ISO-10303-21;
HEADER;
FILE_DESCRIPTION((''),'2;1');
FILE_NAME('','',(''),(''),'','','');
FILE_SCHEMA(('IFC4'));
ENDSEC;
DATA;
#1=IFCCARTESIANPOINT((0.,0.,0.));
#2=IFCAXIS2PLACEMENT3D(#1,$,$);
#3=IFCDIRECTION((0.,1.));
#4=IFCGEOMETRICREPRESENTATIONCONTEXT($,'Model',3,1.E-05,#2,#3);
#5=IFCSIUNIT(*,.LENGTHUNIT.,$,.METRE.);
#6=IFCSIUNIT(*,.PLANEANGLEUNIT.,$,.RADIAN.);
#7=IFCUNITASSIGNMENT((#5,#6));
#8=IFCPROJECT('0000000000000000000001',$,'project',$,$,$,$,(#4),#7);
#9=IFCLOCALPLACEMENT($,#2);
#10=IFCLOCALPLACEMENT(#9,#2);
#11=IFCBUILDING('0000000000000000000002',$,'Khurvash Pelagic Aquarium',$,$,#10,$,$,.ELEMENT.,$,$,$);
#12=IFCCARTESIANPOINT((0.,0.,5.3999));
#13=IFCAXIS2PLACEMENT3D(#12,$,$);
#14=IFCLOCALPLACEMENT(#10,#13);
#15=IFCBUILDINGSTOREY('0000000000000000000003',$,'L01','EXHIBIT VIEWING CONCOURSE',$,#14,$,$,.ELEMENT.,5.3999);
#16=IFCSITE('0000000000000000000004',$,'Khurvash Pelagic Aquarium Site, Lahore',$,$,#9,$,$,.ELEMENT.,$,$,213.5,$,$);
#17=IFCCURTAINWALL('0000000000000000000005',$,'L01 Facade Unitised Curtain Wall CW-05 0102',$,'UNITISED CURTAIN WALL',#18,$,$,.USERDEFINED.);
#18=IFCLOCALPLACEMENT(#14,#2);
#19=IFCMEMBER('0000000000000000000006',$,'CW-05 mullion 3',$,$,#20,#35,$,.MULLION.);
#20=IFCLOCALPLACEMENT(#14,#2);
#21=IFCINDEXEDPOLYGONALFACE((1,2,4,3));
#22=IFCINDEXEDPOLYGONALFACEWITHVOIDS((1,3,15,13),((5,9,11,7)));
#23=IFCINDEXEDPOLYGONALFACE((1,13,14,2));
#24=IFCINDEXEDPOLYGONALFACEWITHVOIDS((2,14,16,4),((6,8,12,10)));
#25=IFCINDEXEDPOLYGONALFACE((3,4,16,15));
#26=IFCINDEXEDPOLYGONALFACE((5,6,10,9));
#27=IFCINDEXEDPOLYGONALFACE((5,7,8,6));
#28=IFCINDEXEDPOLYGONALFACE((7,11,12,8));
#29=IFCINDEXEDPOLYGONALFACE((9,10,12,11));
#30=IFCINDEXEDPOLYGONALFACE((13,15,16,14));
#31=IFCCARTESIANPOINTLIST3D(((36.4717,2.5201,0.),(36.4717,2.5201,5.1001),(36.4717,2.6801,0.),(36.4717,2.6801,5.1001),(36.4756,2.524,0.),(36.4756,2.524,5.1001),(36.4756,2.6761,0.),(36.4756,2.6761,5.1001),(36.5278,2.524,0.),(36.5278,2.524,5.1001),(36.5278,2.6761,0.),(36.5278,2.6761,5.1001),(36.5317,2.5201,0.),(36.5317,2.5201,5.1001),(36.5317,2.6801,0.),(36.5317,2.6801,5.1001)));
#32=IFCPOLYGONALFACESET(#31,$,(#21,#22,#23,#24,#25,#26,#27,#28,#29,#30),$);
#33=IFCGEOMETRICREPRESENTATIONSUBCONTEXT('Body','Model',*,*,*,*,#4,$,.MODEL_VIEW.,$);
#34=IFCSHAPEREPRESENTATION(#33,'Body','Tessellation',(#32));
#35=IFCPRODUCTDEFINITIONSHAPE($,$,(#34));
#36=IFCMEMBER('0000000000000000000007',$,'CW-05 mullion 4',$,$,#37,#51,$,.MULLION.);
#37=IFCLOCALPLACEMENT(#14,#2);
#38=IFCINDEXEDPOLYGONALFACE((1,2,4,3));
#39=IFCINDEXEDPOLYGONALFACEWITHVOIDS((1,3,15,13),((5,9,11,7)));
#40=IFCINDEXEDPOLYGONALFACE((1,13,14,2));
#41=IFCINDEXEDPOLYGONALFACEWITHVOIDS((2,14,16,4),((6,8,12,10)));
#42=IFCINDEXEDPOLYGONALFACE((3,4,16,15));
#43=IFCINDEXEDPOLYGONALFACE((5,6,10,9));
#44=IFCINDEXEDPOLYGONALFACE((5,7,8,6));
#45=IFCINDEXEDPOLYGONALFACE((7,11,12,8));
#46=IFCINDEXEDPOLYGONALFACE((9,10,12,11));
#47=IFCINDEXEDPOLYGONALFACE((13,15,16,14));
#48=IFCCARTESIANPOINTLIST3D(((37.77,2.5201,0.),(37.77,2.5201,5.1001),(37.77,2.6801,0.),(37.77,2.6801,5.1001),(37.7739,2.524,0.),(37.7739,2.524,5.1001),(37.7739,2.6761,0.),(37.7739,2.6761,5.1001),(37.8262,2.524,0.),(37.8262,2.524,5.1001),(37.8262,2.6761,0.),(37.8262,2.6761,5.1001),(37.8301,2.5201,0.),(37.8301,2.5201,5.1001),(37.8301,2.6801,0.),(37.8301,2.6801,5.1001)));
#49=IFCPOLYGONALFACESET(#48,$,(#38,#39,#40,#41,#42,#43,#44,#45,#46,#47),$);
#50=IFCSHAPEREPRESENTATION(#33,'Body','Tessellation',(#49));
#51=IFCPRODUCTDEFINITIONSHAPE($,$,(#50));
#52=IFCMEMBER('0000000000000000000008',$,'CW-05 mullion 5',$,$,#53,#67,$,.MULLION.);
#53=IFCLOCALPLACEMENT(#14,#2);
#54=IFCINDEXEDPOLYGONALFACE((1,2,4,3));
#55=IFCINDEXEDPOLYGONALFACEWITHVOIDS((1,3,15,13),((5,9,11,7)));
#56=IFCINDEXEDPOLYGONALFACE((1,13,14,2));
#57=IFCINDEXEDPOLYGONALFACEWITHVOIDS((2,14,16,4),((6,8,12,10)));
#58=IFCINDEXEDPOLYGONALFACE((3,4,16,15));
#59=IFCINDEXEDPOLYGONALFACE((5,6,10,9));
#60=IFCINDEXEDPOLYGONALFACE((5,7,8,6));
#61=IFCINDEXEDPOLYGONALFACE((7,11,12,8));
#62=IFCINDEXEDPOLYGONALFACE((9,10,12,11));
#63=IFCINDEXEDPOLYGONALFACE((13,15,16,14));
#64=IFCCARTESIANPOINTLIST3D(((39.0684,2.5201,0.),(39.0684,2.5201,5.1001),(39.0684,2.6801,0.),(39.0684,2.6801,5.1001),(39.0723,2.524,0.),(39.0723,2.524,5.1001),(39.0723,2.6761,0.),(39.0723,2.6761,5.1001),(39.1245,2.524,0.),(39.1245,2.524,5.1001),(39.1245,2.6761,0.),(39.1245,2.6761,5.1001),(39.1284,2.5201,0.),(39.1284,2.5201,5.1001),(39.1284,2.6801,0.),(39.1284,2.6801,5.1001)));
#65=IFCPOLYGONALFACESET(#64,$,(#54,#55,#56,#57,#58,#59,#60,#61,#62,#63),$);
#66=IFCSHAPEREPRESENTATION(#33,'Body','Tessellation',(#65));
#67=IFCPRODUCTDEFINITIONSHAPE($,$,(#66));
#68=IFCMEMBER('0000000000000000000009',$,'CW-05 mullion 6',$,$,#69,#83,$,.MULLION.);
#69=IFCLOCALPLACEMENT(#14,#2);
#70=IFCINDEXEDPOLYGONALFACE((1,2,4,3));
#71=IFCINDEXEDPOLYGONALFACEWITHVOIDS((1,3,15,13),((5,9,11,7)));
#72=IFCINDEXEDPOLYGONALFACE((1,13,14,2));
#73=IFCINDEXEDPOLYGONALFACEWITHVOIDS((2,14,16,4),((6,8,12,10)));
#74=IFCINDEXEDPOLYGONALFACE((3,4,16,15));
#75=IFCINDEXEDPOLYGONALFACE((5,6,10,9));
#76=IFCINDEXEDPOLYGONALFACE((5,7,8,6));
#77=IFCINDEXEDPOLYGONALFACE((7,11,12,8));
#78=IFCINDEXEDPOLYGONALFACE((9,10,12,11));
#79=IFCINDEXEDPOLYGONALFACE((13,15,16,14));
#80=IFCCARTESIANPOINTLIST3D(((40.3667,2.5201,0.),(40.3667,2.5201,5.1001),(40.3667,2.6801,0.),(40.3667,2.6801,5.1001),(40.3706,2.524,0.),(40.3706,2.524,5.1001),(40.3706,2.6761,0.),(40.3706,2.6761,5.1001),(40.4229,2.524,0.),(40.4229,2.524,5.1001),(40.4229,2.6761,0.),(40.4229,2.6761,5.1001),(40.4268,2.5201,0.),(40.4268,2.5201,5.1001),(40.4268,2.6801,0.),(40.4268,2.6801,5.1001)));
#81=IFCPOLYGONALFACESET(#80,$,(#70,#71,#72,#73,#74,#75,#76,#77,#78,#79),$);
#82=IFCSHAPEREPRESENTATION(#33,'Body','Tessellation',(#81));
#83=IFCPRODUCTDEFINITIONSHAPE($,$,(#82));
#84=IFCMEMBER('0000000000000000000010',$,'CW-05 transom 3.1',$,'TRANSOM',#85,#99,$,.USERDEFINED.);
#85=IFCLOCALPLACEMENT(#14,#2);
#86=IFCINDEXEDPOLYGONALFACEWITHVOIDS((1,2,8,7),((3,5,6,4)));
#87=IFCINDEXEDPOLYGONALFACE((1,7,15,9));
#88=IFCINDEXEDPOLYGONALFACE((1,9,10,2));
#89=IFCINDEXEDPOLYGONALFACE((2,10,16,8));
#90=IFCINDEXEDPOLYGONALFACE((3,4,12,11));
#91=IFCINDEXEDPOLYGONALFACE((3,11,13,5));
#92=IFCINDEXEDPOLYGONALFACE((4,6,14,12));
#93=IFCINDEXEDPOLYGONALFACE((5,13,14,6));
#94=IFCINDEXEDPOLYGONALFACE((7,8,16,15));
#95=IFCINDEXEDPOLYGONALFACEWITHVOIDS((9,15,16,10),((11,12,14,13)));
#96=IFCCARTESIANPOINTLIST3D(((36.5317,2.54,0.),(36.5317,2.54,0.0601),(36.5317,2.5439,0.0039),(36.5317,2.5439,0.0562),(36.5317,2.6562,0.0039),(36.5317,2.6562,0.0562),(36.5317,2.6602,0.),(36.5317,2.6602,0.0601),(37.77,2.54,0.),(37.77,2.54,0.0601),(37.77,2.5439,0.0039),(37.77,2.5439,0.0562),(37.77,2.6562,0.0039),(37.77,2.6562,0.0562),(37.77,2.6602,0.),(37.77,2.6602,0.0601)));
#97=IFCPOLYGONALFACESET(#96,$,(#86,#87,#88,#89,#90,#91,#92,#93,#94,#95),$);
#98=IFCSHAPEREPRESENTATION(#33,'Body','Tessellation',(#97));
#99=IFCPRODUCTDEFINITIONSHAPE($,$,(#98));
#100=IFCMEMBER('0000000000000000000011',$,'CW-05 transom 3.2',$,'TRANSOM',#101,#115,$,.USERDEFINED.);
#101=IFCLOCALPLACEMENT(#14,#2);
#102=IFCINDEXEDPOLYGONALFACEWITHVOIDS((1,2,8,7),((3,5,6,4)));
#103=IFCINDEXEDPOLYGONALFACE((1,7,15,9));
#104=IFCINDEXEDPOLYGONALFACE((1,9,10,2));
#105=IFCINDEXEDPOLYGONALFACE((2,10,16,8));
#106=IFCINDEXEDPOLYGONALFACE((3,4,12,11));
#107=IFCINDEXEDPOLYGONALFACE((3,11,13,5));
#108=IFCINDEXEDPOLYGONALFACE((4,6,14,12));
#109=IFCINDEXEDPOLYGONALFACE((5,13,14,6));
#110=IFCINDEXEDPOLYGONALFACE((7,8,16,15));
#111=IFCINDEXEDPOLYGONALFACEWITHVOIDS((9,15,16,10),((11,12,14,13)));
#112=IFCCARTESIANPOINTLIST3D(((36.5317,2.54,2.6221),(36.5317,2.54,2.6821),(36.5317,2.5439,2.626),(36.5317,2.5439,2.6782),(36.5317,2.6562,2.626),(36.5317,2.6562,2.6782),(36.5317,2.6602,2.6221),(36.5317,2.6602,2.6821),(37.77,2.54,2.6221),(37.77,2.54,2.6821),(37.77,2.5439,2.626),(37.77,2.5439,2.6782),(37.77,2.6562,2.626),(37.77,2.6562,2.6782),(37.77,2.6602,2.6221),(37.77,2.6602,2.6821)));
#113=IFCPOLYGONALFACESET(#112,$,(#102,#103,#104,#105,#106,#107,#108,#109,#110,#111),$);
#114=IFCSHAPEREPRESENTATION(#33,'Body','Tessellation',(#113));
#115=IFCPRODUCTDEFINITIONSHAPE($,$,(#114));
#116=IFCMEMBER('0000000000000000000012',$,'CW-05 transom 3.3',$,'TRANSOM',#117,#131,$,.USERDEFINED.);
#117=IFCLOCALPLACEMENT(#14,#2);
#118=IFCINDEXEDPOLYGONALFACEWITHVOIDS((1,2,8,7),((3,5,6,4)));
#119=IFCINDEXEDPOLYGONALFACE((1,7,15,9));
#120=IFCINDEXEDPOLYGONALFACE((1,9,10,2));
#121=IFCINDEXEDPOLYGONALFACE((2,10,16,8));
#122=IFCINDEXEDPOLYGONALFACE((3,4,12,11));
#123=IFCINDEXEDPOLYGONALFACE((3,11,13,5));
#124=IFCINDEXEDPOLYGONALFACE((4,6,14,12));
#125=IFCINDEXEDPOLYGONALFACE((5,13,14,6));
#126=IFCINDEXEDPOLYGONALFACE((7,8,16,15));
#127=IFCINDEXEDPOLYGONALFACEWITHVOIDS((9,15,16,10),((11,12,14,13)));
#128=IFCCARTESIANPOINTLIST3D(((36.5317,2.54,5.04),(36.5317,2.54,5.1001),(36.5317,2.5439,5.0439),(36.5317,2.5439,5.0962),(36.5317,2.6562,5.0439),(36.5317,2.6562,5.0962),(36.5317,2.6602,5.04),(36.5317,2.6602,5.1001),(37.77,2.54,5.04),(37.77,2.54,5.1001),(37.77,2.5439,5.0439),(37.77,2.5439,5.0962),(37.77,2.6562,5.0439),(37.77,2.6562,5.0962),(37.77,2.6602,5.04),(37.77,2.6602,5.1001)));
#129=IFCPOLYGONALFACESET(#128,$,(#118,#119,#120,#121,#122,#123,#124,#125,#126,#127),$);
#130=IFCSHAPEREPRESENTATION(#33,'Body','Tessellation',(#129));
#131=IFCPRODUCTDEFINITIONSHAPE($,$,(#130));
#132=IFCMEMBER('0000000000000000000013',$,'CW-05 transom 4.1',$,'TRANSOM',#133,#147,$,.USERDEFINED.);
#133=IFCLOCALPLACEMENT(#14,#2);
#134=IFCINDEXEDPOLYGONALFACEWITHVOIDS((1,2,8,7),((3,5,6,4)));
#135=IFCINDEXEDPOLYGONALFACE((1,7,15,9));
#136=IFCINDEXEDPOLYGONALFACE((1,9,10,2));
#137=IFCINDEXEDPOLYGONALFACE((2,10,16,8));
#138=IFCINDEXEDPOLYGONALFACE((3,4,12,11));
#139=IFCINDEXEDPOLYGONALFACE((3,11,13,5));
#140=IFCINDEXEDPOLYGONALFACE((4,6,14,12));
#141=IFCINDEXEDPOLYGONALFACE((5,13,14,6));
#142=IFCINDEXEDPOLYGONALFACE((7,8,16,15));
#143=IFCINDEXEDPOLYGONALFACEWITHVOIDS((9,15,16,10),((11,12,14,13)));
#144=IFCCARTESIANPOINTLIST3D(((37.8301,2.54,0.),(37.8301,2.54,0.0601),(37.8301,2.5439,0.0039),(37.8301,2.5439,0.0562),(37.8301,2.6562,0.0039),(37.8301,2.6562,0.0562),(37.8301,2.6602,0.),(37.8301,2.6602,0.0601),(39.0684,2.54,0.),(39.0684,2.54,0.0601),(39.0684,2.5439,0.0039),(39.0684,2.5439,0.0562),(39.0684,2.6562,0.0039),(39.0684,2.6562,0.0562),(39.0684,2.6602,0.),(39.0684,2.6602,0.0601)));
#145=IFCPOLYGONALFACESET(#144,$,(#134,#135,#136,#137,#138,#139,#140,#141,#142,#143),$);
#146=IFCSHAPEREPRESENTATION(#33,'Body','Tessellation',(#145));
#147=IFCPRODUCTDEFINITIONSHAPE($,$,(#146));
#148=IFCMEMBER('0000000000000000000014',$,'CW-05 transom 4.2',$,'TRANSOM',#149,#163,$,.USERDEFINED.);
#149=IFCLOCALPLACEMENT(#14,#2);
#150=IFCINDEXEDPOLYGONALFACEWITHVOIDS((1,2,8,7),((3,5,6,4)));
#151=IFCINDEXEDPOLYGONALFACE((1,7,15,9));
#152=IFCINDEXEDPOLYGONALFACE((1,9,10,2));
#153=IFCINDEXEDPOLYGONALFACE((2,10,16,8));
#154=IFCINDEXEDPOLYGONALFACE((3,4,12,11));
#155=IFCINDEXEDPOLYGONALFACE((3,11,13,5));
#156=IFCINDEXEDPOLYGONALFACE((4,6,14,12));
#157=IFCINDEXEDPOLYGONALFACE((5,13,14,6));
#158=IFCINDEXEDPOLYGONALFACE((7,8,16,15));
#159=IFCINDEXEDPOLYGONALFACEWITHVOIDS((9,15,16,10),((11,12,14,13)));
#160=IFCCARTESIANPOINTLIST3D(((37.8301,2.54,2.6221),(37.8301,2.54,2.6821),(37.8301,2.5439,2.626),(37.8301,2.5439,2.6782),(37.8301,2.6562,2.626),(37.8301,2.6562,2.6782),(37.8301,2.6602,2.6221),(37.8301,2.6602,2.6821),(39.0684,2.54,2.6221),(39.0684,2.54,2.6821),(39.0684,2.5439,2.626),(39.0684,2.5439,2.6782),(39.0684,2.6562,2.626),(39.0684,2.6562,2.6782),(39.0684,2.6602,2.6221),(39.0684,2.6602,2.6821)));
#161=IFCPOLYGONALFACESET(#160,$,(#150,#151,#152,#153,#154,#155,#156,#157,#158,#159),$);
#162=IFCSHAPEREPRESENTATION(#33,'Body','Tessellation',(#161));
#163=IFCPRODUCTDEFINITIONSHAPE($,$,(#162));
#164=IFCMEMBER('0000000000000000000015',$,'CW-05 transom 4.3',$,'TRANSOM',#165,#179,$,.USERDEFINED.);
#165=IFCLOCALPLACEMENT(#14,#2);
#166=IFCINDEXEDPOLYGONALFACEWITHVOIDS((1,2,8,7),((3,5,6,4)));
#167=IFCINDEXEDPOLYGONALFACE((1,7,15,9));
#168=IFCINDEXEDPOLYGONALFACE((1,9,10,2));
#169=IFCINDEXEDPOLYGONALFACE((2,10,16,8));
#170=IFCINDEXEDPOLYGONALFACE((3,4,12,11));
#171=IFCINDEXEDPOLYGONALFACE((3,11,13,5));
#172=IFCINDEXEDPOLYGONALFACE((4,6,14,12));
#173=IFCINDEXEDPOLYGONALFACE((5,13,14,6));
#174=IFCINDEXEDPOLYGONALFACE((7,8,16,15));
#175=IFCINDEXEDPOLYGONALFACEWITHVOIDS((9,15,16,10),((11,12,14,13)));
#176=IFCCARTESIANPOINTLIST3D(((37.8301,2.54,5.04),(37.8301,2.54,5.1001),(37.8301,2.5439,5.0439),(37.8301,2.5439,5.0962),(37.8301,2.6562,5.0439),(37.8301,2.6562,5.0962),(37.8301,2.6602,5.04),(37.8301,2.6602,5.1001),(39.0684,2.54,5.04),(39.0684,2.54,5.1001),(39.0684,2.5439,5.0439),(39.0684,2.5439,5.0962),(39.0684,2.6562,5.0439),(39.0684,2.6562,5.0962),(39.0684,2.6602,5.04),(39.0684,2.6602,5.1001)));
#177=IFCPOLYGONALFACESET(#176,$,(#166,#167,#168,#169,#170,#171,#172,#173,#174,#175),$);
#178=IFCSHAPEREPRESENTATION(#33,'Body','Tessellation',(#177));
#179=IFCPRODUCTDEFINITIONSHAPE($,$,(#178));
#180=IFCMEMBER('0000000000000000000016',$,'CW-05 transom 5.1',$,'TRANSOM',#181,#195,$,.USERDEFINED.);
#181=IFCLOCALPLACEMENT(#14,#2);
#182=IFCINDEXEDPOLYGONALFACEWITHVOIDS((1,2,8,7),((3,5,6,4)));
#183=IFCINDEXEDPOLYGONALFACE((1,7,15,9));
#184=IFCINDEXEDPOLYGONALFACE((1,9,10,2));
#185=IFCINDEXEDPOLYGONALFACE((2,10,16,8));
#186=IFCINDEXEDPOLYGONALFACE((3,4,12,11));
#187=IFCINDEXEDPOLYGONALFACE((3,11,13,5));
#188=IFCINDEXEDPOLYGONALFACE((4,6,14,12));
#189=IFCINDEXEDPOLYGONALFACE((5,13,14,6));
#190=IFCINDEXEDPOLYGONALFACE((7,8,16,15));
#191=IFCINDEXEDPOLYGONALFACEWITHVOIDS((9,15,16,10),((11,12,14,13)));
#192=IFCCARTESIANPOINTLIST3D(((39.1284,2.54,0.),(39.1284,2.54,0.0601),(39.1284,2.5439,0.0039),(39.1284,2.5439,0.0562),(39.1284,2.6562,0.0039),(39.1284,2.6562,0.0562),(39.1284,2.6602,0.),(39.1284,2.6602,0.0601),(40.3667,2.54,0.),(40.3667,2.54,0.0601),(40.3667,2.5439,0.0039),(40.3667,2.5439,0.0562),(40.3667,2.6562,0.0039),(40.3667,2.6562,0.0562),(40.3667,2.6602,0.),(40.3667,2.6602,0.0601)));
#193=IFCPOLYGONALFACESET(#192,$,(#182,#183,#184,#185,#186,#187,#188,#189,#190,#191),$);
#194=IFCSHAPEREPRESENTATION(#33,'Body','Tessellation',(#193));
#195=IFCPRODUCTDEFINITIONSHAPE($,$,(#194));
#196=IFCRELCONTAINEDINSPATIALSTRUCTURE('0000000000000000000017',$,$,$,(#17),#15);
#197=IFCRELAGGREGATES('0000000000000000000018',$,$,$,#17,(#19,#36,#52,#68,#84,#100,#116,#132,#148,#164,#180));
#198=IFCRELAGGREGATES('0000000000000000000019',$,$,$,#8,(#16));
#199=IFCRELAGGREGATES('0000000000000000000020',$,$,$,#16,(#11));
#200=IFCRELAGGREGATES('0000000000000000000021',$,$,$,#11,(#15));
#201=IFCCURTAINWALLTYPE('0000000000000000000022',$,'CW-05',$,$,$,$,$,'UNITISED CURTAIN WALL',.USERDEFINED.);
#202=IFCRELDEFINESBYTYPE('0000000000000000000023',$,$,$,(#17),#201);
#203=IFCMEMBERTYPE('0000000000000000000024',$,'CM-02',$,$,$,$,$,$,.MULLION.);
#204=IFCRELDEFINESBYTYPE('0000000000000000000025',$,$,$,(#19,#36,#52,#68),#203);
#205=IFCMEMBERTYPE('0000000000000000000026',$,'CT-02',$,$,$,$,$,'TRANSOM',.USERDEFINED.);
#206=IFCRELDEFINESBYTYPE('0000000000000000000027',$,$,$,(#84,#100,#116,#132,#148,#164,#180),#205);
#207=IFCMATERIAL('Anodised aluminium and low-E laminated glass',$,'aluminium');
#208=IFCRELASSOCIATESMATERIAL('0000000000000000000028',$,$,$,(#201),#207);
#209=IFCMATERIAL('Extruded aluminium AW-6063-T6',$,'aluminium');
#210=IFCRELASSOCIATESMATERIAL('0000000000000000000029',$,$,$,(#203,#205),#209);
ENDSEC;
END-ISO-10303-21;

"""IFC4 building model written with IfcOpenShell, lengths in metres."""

from ifc_helpers import new_model, si_unit, direction, frame, origin, origin_2d, place, context, subcontext, project, spatial, hollow_rectangle, extrude, material, material_profile, profile_set, type_object, element, aggregate, save


model = new_model("IFC4")

# Units and contexts
model_context = context("Model", 3, precision=1e-05, world=origin(), true_north=direction((0.0, 1.0)))
body_context = subcontext(model_context, "Body", "Model", "MODEL_VIEW")
ifc_project = project(units=[si_unit("LENGTHUNIT", "METRE"), si_unit("PLANEANGLEUNIT", "RADIAN")], contexts=[model_context])

# Site, building, storey
site_placement = place(None, origin())
site = spatial("IfcSite", under=ifc_project, at=site_placement, Name="Khurvash Pelagic Aquarium Site, Lahore", CompositionType="ELEMENT", RefElevation=213.5)
building_placement = place(site_placement, origin())
building = spatial("IfcBuilding", under=site, at=building_placement, Name="Khurvash Pelagic Aquarium", CompositionType="ELEMENT")
storey_placement = place(building_placement, frame((0.0, 0.0, 5.3999)))
storey = spatial("IfcBuildingStorey", under=building, at=storey_placement, Name="L01", Description="EXHIBIT VIEWING CONCOURSE", CompositionType="ELEMENT", Elevation=5.3999)

# Curtain wall, members
ifc_material_1 = material(Name="Anodised aluminium and low-E laminated glass", Category="aluminium")
curtain_wall_type = type_object("IfcCurtainWallType", Name="CW-05", ElementType="UNITISED CURTAIN WALL", PredefinedType="USERDEFINED", material=ifc_material_1)
curtain_wall_placement = place(storey_placement, origin())
curtain_wall = element("IfcCurtainWall", 1, at=curtain_wall_placement, inside=storey, type_object=curtain_wall_type, Name="L01 Facade Unitised Curtain Wall CW-05 0102", ObjectType="UNITISED CURTAIN WALL", PredefinedType="USERDEFINED")
ifc_material_2 = material(Name="Extruded aluminium AW-6063-T6", Category="aluminium")
ifc_material_profile_1 = material_profile(ifc_material_2, hollow_rectangle(XDim=0.0601, YDim=0.1599, WallThickness=0.0039, at=origin_2d()), Name="CWM60X160X4")
ifc_profile_set_1 = profile_set([ifc_material_profile_1], Name="Extruded aluminium AW-6063-T6")
member_type_1 = type_object("IfcMemberType", Name="CM-02", PredefinedType="MULLION", material=ifc_profile_set_1)
member_1_placement = place(storey_placement, frame((36.5017, 2.6001, 0.0), z_axis=(0.0, 0.0, 1.0), x_axis=(1.0, 0.0, 0.0)))
member_1 = element("IfcMember", 2, at=member_1_placement, type_object=member_type_1, Name="CW-05 mullion 3", PredefinedType="MULLION", context=body_context, shape_type="SweptSolid", body=[
    extrude(hollow_rectangle(XDim=0.0601, YDim=0.1599, WallThickness=0.0039, at=origin_2d()), origin(), (0.0, 0.0, 1.0), 5.1001),
])
member_2_placement = place(storey_placement, frame((37.8, 2.6001, 0.0), z_axis=(0.0, 0.0, 1.0), x_axis=(1.0, 0.0, 0.0)))
member_2 = element("IfcMember", 3, at=member_2_placement, type_object=member_type_1, Name="CW-05 mullion 4", PredefinedType="MULLION", context=body_context, shape_type="SweptSolid", body=[
    extrude(hollow_rectangle(XDim=0.0601, YDim=0.1599, WallThickness=0.0039, at=origin_2d()), origin(), (0.0, 0.0, 1.0), 5.1001),
])
member_3_placement = place(storey_placement, frame((39.0984, 2.6001, 0.0), z_axis=(0.0, 0.0, 1.0), x_axis=(1.0, 0.0, 0.0)))
member_3 = element("IfcMember", 4, at=member_3_placement, type_object=member_type_1, Name="CW-05 mullion 5", PredefinedType="MULLION", context=body_context, shape_type="SweptSolid", body=[
    extrude(hollow_rectangle(XDim=0.0601, YDim=0.1599, WallThickness=0.0039, at=origin_2d()), origin(), (0.0, 0.0, 1.0), 5.1001),
])
member_4_placement = place(storey_placement, frame((40.3967, 2.6001, 0.0), z_axis=(0.0, 0.0, 1.0), x_axis=(1.0, 0.0, 0.0)))
member_4 = element("IfcMember", 5, at=member_4_placement, type_object=member_type_1, Name="CW-05 mullion 6", PredefinedType="MULLION", context=body_context, shape_type="SweptSolid", body=[
    extrude(hollow_rectangle(XDim=0.0601, YDim=0.1599, WallThickness=0.0039, at=origin_2d()), origin(), (0.0, 0.0, 1.0), 5.1001),
])
ifc_material_profile_2 = material_profile(ifc_material_2, hollow_rectangle(XDim=0.1201, YDim=0.0601, WallThickness=0.0039, at=origin_2d()), Name="CWT120X60X4")
ifc_profile_set_2 = profile_set([ifc_material_profile_2], Name="Extruded aluminium AW-6063-T6")
member_type_2 = type_object("IfcMemberType", Name="CT-02", ElementType="TRANSOM", PredefinedType="USERDEFINED", material=ifc_profile_set_2)
member_5_placement = place(storey_placement, frame((36.5317, 2.6001, 0.03), z_axis=(1.0, 0.0, 0.0), x_axis=(0.0, 1.0, 0.0)))
member_5 = element("IfcMember", 6, at=member_5_placement, type_object=member_type_2, Name="CW-05 transom 3.1", ObjectType="TRANSOM", PredefinedType="USERDEFINED", context=body_context, shape_type="SweptSolid", body=[
    extrude(hollow_rectangle(XDim=0.1201, YDim=0.0601, WallThickness=0.0039, at=origin_2d()), origin(), (0.0, 0.0, 1.0), 1.2383),
])
member_6_placement = place(storey_placement, frame((36.5317, 2.6001, 2.6521), z_axis=(1.0, 0.0, 0.0), x_axis=(0.0, 1.0, 0.0)))
member_6 = element("IfcMember", 7, at=member_6_placement, type_object=member_type_2, Name="CW-05 transom 3.2", ObjectType="TRANSOM", PredefinedType="USERDEFINED", context=body_context, shape_type="SweptSolid", body=[
    extrude(hollow_rectangle(XDim=0.1201, YDim=0.0601, WallThickness=0.0039, at=origin_2d()), origin(), (0.0, 0.0, 1.0), 1.2383),
])
member_7_placement = place(storey_placement, frame((36.5317, 2.6001, 5.0701), z_axis=(1.0, 0.0, 0.0), x_axis=(0.0, 1.0, 0.0)))
member_7 = element("IfcMember", 8, at=member_7_placement, type_object=member_type_2, Name="CW-05 transom 3.3", ObjectType="TRANSOM", PredefinedType="USERDEFINED", context=body_context, shape_type="SweptSolid", body=[
    extrude(hollow_rectangle(XDim=0.1201, YDim=0.0601, WallThickness=0.0039, at=origin_2d()), origin(), (0.0, 0.0, 1.0), 1.2383),
])
member_8_placement = place(storey_placement, frame((37.8301, 2.6001, 0.03), z_axis=(1.0, 0.0, 0.0), x_axis=(0.0, 1.0, 0.0)))
member_8 = element("IfcMember", 9, at=member_8_placement, type_object=member_type_2, Name="CW-05 transom 4.1", ObjectType="TRANSOM", PredefinedType="USERDEFINED", context=body_context, shape_type="SweptSolid", body=[
    extrude(hollow_rectangle(XDim=0.1201, YDim=0.0601, WallThickness=0.0039, at=origin_2d()), origin(), (0.0, 0.0, 1.0), 1.2383),
])
member_9_placement = place(storey_placement, frame((37.8301, 2.6001, 2.6521), z_axis=(1.0, 0.0, 0.0), x_axis=(0.0, 1.0, 0.0)))
member_9 = element("IfcMember", 10, at=member_9_placement, type_object=member_type_2, Name="CW-05 transom 4.2", ObjectType="TRANSOM", PredefinedType="USERDEFINED", context=body_context, shape_type="SweptSolid", body=[
    extrude(hollow_rectangle(XDim=0.1201, YDim=0.0601, WallThickness=0.0039, at=origin_2d()), origin(), (0.0, 0.0, 1.0), 1.2383),
])
member_10_placement = place(storey_placement, frame((37.8301, 2.6001, 5.0701), z_axis=(1.0, 0.0, 0.0), x_axis=(0.0, 1.0, 0.0)))
member_10 = element("IfcMember", 11, at=member_10_placement, type_object=member_type_2, Name="CW-05 transom 4.3", ObjectType="TRANSOM", PredefinedType="USERDEFINED", context=body_context, shape_type="SweptSolid", body=[
    extrude(hollow_rectangle(XDim=0.1201, YDim=0.0601, WallThickness=0.0039, at=origin_2d()), origin(), (0.0, 0.0, 1.0), 1.2383),
])
member_11_placement = place(storey_placement, frame((39.1284, 2.6001, 0.03), z_axis=(1.0, 0.0, 0.0), x_axis=(0.0, 1.0, 0.0)))
member_11 = element("IfcMember", 12, at=member_11_placement, type_object=member_type_2, Name="CW-05 transom 5.1", ObjectType="TRANSOM", PredefinedType="USERDEFINED", context=body_context, shape_type="SweptSolid", body=[
    extrude(hollow_rectangle(XDim=0.1201, YDim=0.0601, WallThickness=0.0039, at=origin_2d()), origin(), (0.0, 0.0, 1.0), 1.2383),
])
aggregate(curtain_wall, [member_1, member_2, member_3, member_4, member_5, member_6, member_7, member_8, member_9, member_10, member_11])

save(model, "model.ifc")
